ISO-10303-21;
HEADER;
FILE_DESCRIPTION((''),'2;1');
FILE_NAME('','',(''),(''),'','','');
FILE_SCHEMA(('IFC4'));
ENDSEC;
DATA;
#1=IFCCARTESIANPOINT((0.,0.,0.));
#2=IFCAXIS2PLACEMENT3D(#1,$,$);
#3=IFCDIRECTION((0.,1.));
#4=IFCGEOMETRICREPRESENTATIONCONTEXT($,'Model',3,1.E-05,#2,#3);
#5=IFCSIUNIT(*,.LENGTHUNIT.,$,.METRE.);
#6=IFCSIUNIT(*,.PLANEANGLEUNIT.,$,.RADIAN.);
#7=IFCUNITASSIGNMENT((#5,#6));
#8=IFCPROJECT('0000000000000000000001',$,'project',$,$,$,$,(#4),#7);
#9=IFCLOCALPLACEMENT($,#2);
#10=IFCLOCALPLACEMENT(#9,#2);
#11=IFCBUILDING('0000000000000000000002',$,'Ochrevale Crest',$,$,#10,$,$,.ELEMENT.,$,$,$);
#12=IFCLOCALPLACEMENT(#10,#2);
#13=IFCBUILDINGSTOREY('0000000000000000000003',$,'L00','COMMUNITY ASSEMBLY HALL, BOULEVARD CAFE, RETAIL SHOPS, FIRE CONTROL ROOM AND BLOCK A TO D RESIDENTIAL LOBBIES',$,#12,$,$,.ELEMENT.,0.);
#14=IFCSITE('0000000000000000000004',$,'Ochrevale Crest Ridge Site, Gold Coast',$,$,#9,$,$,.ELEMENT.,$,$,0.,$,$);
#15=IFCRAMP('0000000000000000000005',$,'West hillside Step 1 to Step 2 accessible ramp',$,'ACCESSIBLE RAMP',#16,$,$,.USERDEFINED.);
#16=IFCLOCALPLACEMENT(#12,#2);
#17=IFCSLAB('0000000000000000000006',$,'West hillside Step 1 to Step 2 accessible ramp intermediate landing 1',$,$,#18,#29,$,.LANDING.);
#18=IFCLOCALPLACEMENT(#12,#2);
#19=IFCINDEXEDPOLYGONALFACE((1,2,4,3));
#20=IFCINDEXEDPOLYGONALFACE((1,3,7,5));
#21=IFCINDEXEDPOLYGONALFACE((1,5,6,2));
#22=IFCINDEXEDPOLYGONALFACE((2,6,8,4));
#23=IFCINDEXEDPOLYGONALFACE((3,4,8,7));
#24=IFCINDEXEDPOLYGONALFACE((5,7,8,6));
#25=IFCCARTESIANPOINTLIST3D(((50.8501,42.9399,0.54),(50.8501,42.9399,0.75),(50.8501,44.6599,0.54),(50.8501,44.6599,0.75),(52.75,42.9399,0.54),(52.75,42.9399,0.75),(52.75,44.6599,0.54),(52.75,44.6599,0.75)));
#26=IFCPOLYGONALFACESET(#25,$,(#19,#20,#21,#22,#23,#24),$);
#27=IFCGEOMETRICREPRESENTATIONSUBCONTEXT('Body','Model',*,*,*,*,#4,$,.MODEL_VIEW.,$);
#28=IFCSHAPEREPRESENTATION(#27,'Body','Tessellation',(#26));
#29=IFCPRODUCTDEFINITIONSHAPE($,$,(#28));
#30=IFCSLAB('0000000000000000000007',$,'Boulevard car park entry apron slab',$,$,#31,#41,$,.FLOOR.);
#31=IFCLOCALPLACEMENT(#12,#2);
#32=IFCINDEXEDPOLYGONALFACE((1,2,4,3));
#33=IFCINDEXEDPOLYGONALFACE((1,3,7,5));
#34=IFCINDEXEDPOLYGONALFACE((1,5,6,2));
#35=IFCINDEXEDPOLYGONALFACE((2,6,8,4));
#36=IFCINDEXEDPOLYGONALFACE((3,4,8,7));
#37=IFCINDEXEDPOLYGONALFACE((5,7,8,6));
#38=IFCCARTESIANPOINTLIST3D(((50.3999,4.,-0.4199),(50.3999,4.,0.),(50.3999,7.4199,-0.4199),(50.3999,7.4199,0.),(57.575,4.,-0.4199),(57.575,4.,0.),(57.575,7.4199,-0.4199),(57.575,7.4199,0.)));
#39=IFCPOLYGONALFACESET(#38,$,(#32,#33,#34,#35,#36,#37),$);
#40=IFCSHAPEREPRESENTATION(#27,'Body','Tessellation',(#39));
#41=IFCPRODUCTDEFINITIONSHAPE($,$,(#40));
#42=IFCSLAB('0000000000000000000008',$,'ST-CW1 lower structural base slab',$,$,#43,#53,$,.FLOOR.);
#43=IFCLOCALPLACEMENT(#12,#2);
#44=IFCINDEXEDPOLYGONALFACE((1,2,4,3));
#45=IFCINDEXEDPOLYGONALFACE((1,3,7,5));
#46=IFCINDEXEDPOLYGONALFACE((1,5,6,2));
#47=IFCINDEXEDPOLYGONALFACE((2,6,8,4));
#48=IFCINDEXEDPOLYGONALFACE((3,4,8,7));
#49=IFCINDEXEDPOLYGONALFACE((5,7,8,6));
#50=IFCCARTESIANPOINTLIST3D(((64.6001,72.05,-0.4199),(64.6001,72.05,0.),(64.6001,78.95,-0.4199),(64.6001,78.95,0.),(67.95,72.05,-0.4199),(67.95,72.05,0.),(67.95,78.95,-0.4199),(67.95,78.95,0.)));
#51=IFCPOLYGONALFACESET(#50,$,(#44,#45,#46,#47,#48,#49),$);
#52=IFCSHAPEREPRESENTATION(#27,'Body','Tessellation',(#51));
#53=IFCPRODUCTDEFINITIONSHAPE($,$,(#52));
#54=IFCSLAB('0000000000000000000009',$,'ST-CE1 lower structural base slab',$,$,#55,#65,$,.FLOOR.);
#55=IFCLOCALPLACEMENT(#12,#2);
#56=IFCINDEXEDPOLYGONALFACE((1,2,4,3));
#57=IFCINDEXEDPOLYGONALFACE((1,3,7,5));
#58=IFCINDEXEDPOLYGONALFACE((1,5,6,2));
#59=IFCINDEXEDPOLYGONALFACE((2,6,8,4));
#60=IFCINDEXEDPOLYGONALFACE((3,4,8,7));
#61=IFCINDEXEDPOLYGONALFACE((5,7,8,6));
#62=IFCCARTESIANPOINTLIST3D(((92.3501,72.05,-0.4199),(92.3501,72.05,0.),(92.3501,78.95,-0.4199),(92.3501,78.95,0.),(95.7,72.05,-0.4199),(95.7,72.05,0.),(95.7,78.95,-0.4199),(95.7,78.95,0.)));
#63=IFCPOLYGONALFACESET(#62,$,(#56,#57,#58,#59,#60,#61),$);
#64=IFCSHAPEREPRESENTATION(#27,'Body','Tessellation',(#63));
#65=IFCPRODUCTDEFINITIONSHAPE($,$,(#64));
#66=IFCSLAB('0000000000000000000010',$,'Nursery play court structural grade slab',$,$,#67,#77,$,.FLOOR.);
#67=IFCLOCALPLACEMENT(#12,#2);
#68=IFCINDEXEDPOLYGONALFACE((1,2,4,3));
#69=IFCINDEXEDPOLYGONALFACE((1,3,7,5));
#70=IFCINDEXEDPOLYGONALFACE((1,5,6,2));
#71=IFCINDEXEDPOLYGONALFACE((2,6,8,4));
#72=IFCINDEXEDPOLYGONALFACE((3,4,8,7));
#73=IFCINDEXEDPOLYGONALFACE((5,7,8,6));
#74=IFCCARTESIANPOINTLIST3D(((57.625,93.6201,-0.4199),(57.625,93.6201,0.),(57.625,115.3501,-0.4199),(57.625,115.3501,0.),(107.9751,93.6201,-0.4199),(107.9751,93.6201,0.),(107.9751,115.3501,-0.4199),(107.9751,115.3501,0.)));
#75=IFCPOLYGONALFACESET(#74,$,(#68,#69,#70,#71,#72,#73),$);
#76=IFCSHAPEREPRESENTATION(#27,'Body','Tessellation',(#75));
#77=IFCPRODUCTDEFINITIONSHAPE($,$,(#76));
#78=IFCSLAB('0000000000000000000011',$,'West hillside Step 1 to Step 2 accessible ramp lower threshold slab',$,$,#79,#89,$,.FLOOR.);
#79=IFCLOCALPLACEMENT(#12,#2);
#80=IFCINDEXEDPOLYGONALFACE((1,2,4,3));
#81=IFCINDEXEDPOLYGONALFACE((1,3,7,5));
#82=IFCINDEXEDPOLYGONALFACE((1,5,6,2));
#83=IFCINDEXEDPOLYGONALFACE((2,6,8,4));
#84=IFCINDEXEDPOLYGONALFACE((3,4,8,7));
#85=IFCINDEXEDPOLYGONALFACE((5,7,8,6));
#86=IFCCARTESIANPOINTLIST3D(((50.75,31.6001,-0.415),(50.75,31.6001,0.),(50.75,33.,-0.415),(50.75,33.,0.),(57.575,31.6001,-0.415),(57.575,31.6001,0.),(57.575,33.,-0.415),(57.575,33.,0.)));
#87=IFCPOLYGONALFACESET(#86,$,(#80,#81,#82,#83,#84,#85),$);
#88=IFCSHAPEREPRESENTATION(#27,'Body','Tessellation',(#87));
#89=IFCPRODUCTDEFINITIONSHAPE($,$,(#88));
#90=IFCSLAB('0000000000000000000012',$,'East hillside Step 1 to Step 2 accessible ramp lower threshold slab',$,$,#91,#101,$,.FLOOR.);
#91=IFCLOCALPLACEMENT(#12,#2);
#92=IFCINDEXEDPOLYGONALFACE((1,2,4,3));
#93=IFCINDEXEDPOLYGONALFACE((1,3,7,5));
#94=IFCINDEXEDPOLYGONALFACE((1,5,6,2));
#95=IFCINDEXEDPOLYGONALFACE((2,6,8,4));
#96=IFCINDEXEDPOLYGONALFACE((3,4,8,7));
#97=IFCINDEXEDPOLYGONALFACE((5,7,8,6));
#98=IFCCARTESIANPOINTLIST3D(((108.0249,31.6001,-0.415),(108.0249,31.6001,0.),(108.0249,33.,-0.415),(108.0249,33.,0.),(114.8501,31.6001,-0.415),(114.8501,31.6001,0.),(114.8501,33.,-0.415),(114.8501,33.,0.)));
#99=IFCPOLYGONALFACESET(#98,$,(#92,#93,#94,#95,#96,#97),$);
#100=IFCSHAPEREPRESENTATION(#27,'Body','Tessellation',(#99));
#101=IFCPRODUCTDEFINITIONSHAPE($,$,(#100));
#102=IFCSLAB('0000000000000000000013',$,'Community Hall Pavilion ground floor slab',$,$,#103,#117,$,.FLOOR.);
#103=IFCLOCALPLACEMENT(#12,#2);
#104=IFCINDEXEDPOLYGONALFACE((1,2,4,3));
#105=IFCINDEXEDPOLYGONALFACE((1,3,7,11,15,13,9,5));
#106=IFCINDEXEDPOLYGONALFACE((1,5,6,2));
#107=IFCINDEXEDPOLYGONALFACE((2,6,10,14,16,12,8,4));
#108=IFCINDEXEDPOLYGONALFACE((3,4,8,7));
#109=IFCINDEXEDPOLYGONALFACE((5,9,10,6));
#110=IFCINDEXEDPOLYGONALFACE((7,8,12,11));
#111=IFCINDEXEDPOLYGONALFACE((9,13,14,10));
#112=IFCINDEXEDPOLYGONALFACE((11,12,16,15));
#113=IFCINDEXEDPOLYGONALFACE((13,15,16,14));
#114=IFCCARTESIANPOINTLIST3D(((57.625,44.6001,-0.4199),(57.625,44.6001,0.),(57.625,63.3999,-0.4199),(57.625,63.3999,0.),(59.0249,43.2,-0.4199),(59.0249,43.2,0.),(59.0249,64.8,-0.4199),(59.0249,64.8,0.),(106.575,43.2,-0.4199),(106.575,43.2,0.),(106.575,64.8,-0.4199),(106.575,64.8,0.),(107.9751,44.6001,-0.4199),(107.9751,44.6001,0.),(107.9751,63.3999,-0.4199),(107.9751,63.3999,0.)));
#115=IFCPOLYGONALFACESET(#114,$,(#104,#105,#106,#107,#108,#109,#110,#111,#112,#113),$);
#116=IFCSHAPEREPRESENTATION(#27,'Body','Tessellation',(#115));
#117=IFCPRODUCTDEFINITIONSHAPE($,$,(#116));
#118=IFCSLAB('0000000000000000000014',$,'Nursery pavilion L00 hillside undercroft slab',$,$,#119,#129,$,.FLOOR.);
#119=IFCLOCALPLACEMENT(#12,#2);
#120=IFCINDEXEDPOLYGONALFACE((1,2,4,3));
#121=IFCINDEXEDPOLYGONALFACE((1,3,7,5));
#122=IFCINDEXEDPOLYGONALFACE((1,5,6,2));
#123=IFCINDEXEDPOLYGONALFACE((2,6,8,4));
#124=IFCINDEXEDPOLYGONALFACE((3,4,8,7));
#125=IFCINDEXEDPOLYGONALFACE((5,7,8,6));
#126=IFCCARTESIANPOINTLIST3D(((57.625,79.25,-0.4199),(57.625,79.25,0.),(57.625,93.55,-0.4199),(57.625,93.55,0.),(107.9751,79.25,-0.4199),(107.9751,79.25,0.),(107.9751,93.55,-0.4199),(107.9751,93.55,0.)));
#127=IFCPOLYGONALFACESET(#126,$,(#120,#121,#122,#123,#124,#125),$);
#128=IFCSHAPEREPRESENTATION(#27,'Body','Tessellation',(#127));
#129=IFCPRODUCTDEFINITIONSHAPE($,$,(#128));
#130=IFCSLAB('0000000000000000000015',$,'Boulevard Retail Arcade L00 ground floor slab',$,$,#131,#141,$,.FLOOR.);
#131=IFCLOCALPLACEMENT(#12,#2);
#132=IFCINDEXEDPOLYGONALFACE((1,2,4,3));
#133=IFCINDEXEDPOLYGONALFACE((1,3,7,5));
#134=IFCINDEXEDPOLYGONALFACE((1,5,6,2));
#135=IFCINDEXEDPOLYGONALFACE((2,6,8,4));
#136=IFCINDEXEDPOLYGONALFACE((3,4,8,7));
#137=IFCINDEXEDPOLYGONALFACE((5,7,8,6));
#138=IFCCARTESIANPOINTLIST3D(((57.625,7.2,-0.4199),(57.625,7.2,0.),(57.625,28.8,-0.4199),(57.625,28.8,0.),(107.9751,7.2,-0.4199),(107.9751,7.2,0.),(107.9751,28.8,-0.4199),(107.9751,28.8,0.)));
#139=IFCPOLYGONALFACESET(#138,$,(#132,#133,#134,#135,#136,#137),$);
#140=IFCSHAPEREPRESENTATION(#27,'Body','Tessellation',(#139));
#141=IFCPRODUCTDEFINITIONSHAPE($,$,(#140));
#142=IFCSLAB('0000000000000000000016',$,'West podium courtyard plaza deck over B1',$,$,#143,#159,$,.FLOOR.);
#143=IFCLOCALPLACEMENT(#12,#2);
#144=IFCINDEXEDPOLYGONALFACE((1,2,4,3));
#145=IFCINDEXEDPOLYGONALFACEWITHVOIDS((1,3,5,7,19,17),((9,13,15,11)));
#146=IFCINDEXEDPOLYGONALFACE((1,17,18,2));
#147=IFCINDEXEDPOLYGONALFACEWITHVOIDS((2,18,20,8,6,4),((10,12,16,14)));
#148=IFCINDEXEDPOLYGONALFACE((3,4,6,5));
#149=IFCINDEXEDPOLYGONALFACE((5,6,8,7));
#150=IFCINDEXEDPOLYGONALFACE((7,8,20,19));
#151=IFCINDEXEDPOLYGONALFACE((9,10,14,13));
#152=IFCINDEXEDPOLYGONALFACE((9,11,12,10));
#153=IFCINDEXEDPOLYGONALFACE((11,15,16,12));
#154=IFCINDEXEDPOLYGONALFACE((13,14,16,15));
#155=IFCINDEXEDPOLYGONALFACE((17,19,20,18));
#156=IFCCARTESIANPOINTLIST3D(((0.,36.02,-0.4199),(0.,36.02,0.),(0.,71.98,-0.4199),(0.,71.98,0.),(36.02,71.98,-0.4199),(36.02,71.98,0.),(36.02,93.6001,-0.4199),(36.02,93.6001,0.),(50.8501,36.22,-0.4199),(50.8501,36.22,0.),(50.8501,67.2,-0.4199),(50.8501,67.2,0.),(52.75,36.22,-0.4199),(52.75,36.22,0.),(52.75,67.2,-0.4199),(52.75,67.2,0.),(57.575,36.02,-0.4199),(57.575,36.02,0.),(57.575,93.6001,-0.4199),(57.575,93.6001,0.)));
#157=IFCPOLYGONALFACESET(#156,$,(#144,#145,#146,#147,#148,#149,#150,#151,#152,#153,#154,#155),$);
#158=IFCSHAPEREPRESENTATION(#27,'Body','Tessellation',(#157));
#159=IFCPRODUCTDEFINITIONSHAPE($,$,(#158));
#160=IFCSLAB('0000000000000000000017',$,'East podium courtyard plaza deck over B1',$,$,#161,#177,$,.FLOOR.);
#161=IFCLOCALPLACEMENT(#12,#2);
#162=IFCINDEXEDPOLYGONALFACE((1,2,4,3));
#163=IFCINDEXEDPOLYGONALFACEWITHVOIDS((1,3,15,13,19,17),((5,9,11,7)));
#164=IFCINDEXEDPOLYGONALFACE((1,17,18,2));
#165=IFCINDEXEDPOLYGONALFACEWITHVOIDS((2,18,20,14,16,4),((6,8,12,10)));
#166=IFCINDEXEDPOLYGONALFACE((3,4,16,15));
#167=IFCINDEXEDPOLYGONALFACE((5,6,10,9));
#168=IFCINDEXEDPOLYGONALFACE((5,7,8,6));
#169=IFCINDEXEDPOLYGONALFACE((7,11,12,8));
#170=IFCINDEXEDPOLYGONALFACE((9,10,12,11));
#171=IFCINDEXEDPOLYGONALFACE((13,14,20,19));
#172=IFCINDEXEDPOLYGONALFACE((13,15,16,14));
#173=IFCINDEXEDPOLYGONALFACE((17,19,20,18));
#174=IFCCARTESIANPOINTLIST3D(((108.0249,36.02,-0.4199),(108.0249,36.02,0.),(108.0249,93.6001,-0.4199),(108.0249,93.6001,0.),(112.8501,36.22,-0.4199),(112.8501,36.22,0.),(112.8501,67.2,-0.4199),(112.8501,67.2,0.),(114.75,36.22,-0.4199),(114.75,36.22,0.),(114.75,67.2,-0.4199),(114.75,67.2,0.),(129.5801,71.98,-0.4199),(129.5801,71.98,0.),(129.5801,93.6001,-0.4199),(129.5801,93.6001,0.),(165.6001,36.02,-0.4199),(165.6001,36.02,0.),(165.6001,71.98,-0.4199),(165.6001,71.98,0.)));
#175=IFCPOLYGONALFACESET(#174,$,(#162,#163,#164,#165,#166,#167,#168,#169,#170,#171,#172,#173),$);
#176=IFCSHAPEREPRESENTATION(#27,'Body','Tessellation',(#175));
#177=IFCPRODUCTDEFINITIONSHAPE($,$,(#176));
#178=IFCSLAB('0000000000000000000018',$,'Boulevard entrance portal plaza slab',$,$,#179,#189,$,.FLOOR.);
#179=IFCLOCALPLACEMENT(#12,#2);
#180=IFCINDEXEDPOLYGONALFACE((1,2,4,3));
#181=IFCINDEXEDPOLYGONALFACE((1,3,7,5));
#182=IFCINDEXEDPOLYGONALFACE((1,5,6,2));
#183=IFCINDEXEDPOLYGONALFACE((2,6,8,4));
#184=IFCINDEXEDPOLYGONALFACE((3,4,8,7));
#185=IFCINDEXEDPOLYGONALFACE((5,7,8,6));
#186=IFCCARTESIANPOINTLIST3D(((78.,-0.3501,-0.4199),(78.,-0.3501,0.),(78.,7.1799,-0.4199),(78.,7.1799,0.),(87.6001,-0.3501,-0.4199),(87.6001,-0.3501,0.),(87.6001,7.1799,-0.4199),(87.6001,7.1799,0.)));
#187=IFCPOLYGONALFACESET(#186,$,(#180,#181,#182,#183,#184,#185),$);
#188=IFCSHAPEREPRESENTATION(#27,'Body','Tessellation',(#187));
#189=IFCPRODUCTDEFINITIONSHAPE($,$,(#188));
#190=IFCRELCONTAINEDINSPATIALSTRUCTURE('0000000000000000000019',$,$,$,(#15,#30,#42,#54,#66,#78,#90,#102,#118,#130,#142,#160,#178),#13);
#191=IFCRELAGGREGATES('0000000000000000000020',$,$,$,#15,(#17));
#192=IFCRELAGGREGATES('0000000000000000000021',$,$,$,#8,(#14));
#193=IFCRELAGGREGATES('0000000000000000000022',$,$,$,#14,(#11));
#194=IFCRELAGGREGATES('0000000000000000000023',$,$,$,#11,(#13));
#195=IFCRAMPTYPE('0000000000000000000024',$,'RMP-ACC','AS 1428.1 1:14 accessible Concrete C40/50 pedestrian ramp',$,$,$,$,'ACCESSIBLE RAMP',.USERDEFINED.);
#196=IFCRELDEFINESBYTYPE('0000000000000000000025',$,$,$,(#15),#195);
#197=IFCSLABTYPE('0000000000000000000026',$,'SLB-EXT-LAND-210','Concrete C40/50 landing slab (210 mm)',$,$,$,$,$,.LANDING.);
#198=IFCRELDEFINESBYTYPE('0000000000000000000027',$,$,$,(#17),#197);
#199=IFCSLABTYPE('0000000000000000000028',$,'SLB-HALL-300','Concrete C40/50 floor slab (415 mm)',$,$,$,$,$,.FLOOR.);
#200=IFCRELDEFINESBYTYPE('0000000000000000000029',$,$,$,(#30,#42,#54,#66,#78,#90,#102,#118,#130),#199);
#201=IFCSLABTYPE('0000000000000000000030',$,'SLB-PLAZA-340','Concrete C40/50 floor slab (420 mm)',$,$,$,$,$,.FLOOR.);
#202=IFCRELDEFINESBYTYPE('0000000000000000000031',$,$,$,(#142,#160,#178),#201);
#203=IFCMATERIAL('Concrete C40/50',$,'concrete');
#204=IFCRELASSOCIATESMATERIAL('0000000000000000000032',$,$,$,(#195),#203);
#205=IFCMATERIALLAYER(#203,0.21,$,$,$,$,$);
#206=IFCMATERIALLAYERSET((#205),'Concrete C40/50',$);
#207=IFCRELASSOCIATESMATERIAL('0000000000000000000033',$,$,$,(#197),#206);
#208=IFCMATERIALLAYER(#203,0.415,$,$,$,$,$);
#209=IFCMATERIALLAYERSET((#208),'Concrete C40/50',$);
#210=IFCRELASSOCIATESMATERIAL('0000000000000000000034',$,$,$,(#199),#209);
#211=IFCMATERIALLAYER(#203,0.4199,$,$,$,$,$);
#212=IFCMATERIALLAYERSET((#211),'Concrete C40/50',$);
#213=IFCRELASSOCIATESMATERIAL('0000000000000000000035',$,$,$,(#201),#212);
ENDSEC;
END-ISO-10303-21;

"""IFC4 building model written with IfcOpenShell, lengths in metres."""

from ifc_helpers import new_model, si_unit, direction, frame, origin, place, context, subcontext, project, spatial, polyline, outline, extrude, material, layer, layer_set, type_object, element, aggregate, save


model = new_model("IFC4")

# Units and contexts
model_context = context("Model", 3, precision=1e-05, world=origin(), true_north=direction((0.0, 1.0)))
body_context = subcontext(model_context, "Body", "Model", "MODEL_VIEW")
ifc_project = project(units=[si_unit("LENGTHUNIT", "METRE"), si_unit("PLANEANGLEUNIT", "RADIAN")], contexts=[model_context])

# Site, building, storey
site_placement = place(None, origin())
site = spatial("IfcSite", under=ifc_project, at=site_placement, Name="Ochrevale Crest Ridge Site, Gold Coast", CompositionType="ELEMENT", RefElevation=0.0)
building_placement = place(site_placement, origin())
building = spatial("IfcBuilding", under=site, at=building_placement, Name="Ochrevale Crest", CompositionType="ELEMENT")
storey_placement = place(building_placement, origin())
storey = spatial("IfcBuildingStorey", under=building, at=storey_placement, Name="L00", Description="COMMUNITY ASSEMBLY HALL, BOULEVARD CAFE, RETAIL SHOPS, FIRE CONTROL ROOM AND BLOCK A TO D RESIDENTIAL LOBBIES", CompositionType="ELEMENT", Elevation=0.0)

# Ramp, slab
ifc_material_1 = material(Name="Concrete C40/50", Category="concrete")
ramp_type = type_object("IfcRampType", Name="RMP-ACC", Description="AS 1428.1 1:14 accessible Concrete C40/50 pedestrian ramp", ElementType="ACCESSIBLE RAMP", PredefinedType="USERDEFINED", material=ifc_material_1)
ramp_placement = place(storey_placement, origin())
ramp = element("IfcRamp", 1, at=ramp_placement, inside=storey, type_object=ramp_type, Name="West hillside Step 1 to Step 2 accessible ramp", ObjectType="ACCESSIBLE RAMP", PredefinedType="USERDEFINED")
ifc_layer_1 = layer(ifc_material_1, 0.21)
ifc_layer_set_1 = layer_set([ifc_layer_1], Name="Concrete C40/50")
slab_type_1 = type_object("IfcSlabType", Name="SLB-EXT-LAND-210", Description="Concrete C40/50 landing slab (210 mm)", PredefinedType="LANDING", material=ifc_layer_set_1)
slab_1_placement = place(storey_placement, frame((0.0, 0.0, 0.54)))
slab_1 = element("IfcSlab", 2, at=slab_1_placement, type_object=slab_type_1, Name="West hillside Step 1 to Step 2 accessible ramp intermediate landing 1", PredefinedType="LANDING", context=body_context, shape_type="SweptSolid", body=[
    extrude(outline(polyline([(50.8501, 42.9399), (52.75, 42.9399), (52.75, 44.6599), (50.8501, 44.6599), (50.8501, 42.9399)])), origin(), (0.0, 0.0, 1.0), 0.21),
])
aggregate(ramp, [slab_1])

# Slabs
ifc_layer_2 = layer(ifc_material_1, 0.415)
ifc_layer_set_2 = layer_set([ifc_layer_2], Name="Concrete C40/50")
slab_type_2 = type_object("IfcSlabType", Name="SLB-HALL-300", Description="Concrete C40/50 floor slab (415 mm)", PredefinedType="FLOOR", material=ifc_layer_set_2)
slab_2_placement = place(storey_placement, frame((0.0, 0.0, -0.4199)))
element("IfcSlab", 3, at=slab_2_placement, inside=storey, type_object=slab_type_2, Name="Boulevard car park entry apron slab", PredefinedType="FLOOR", context=body_context, shape_type="SweptSolid", body=[
    extrude(outline(polyline([(50.3999, 4.0), (57.575, 4.0), (57.575, 7.4199), (50.3999, 7.4199), (50.3999, 4.0)])), origin(), (0.0, 0.0, 1.0), 0.4199),
])
slab_3_placement = place(storey_placement, frame((0.0, 0.0, -0.4199)))
element("IfcSlab", 4, at=slab_3_placement, inside=storey, type_object=slab_type_2, Name="ST-CW1 lower structural base slab", PredefinedType="FLOOR", context=body_context, shape_type="SweptSolid", body=[
    extrude(outline(polyline([(64.6001, 72.05), (67.95, 72.05), (67.95, 78.95), (64.6001, 78.95), (64.6001, 72.05)])), origin(), (0.0, 0.0, 1.0), 0.4199),
])
slab_4_placement = place(storey_placement, frame((0.0, 0.0, -0.4199)))
element("IfcSlab", 5, at=slab_4_placement, inside=storey, type_object=slab_type_2, Name="ST-CE1 lower structural base slab", PredefinedType="FLOOR", context=body_context, shape_type="SweptSolid", body=[
    extrude(outline(polyline([(92.3501, 72.05), (95.7, 72.05), (95.7, 78.95), (92.3501, 78.95), (92.3501, 72.05)])), origin(), (0.0, 0.0, 1.0), 0.4199),
])
slab_5_placement = place(storey_placement, frame((0.0, 0.0, -0.4199)))
element("IfcSlab", 6, at=slab_5_placement, inside=storey, type_object=slab_type_2, Name="Nursery play court structural grade slab", PredefinedType="FLOOR", context=body_context, shape_type="SweptSolid", body=[
    extrude(outline(polyline([(57.625, 93.6201), (107.9751, 93.6201), (107.9751, 115.3501), (57.625, 115.3501), (57.625, 93.6201)])), origin(), (0.0, 0.0, 1.0), 0.4199),
])
slab_6_placement = place(storey_placement, frame((0.0, 0.0, -0.415)))
element("IfcSlab", 7, at=slab_6_placement, inside=storey, type_object=slab_type_2, Name="West hillside Step 1 to Step 2 accessible ramp lower threshold slab", PredefinedType="FLOOR", context=body_context, shape_type="SweptSolid", body=[
    extrude(outline(polyline([(50.75, 31.6001), (57.575, 31.6001), (57.575, 33.0), (50.75, 33.0), (50.75, 31.6001)])), origin(), (0.0, 0.0, 1.0), 0.415),
])
slab_7_placement = place(storey_placement, frame((0.0, 0.0, -0.415)))
element("IfcSlab", 8, at=slab_7_placement, inside=storey, type_object=slab_type_2, Name="East hillside Step 1 to Step 2 accessible ramp lower threshold slab", PredefinedType="FLOOR", context=body_context, shape_type="SweptSolid", body=[
    extrude(outline(polyline([(108.0249, 31.6001), (114.8501, 31.6001), (114.8501, 33.0), (108.0249, 33.0), (108.0249, 31.6001)])), origin(), (0.0, 0.0, 1.0), 0.415),
])
slab_8_placement = place(storey_placement, frame((0.0, 0.0, -0.4199)))
element("IfcSlab", 9, at=slab_8_placement, inside=storey, type_object=slab_type_2, Name="Community Hall Pavilion ground floor slab", PredefinedType="FLOOR", context=body_context, shape_type="SweptSolid", body=[
    extrude(outline(polyline([(59.0249, 43.2), (106.575, 43.2), (107.9751, 44.6001), (107.9751, 63.3999), (106.575, 64.8), (59.0249, 64.8), (57.625, 63.3999), (57.625, 44.6001), (59.0249, 43.2)])), origin(), (0.0, 0.0, 1.0), 0.4199),
])
slab_9_placement = place(storey_placement, frame((0.0, 0.0, -0.4199)))
element("IfcSlab", 10, at=slab_9_placement, inside=storey, type_object=slab_type_2, Name="Nursery pavilion L00 hillside undercroft slab", PredefinedType="FLOOR", context=body_context, shape_type="SweptSolid", body=[
    extrude(outline(polyline([(57.625, 79.25), (107.9751, 79.25), (107.9751, 93.55), (57.625, 93.55), (57.625, 79.25)])), origin(), (0.0, 0.0, 1.0), 0.4199),
])
slab_10_placement = place(storey_placement, frame((0.0, 0.0, -0.4199)))
element("IfcSlab", 11, at=slab_10_placement, inside=storey, type_object=slab_type_2, Name="Boulevard Retail Arcade L00 ground floor slab", PredefinedType="FLOOR", context=body_context, shape_type="SweptSolid", body=[
    extrude(outline(polyline([(57.625, 7.2), (107.9751, 7.2), (107.9751, 28.8), (57.625, 28.8), (57.625, 7.2)])), origin(), (0.0, 0.0, 1.0), 0.4199),
])
ifc_layer_3 = layer(ifc_material_1, 0.4199)
ifc_layer_set_3 = layer_set([ifc_layer_3], Name="Concrete C40/50")
slab_type_3 = type_object("IfcSlabType", Name="SLB-PLAZA-340", Description="Concrete C40/50 floor slab (420 mm)", PredefinedType="FLOOR", material=ifc_layer_set_3)
slab_11_placement = place(storey_placement, frame((0.0, 0.0, -0.4199)))
element("IfcSlab", 12, at=slab_11_placement, inside=storey, type_object=slab_type_3, Name="West podium courtyard plaza deck over B1", PredefinedType="FLOOR", context=body_context, shape_type="SweptSolid", body=[
    extrude(outline(polyline([(0.0, 36.02), (57.575, 36.02), (57.575, 93.6001), (36.02, 93.6001), (36.02, 71.98), (0.0, 71.98), (0.0, 36.02)]), holes=[polyline([(50.8501, 36.22), (52.75, 36.22), (52.75, 67.2), (50.8501, 67.2), (50.8501, 36.22)])]), origin(), (0.0, 0.0, 1.0), 0.4199),
])
slab_12_placement = place(storey_placement, frame((0.0, 0.0, -0.4199)))
element("IfcSlab", 13, at=slab_12_placement, inside=storey, type_object=slab_type_3, Name="East podium courtyard plaza deck over B1", PredefinedType="FLOOR", context=body_context, shape_type="SweptSolid", body=[
    extrude(outline(polyline([(108.0249, 36.02), (165.6001, 36.02), (165.6001, 71.98), (129.5801, 71.98), (129.5801, 93.6001), (108.0249, 93.6001), (108.0249, 36.02)]), holes=[polyline([(112.8501, 36.22), (114.75, 36.22), (114.75, 67.2), (112.8501, 67.2), (112.8501, 36.22)])]), origin(), (0.0, 0.0, 1.0), 0.4199),
])
slab_13_placement = place(storey_placement, frame((0.0, 0.0, -0.4199)))
element("IfcSlab", 14, at=slab_13_placement, inside=storey, type_object=slab_type_3, Name="Boulevard entrance portal plaza slab", PredefinedType="FLOOR", context=body_context, shape_type="SweptSolid", body=[
    extrude(outline(polyline([(78.0, -0.3501), (87.6001, -0.3501), (87.6001, 7.1799), (78.0, 7.1799), (78.0, -0.3501)])), origin(), (0.0, 0.0, 1.0), 0.4199),
])

save(model, "model.ifc")
